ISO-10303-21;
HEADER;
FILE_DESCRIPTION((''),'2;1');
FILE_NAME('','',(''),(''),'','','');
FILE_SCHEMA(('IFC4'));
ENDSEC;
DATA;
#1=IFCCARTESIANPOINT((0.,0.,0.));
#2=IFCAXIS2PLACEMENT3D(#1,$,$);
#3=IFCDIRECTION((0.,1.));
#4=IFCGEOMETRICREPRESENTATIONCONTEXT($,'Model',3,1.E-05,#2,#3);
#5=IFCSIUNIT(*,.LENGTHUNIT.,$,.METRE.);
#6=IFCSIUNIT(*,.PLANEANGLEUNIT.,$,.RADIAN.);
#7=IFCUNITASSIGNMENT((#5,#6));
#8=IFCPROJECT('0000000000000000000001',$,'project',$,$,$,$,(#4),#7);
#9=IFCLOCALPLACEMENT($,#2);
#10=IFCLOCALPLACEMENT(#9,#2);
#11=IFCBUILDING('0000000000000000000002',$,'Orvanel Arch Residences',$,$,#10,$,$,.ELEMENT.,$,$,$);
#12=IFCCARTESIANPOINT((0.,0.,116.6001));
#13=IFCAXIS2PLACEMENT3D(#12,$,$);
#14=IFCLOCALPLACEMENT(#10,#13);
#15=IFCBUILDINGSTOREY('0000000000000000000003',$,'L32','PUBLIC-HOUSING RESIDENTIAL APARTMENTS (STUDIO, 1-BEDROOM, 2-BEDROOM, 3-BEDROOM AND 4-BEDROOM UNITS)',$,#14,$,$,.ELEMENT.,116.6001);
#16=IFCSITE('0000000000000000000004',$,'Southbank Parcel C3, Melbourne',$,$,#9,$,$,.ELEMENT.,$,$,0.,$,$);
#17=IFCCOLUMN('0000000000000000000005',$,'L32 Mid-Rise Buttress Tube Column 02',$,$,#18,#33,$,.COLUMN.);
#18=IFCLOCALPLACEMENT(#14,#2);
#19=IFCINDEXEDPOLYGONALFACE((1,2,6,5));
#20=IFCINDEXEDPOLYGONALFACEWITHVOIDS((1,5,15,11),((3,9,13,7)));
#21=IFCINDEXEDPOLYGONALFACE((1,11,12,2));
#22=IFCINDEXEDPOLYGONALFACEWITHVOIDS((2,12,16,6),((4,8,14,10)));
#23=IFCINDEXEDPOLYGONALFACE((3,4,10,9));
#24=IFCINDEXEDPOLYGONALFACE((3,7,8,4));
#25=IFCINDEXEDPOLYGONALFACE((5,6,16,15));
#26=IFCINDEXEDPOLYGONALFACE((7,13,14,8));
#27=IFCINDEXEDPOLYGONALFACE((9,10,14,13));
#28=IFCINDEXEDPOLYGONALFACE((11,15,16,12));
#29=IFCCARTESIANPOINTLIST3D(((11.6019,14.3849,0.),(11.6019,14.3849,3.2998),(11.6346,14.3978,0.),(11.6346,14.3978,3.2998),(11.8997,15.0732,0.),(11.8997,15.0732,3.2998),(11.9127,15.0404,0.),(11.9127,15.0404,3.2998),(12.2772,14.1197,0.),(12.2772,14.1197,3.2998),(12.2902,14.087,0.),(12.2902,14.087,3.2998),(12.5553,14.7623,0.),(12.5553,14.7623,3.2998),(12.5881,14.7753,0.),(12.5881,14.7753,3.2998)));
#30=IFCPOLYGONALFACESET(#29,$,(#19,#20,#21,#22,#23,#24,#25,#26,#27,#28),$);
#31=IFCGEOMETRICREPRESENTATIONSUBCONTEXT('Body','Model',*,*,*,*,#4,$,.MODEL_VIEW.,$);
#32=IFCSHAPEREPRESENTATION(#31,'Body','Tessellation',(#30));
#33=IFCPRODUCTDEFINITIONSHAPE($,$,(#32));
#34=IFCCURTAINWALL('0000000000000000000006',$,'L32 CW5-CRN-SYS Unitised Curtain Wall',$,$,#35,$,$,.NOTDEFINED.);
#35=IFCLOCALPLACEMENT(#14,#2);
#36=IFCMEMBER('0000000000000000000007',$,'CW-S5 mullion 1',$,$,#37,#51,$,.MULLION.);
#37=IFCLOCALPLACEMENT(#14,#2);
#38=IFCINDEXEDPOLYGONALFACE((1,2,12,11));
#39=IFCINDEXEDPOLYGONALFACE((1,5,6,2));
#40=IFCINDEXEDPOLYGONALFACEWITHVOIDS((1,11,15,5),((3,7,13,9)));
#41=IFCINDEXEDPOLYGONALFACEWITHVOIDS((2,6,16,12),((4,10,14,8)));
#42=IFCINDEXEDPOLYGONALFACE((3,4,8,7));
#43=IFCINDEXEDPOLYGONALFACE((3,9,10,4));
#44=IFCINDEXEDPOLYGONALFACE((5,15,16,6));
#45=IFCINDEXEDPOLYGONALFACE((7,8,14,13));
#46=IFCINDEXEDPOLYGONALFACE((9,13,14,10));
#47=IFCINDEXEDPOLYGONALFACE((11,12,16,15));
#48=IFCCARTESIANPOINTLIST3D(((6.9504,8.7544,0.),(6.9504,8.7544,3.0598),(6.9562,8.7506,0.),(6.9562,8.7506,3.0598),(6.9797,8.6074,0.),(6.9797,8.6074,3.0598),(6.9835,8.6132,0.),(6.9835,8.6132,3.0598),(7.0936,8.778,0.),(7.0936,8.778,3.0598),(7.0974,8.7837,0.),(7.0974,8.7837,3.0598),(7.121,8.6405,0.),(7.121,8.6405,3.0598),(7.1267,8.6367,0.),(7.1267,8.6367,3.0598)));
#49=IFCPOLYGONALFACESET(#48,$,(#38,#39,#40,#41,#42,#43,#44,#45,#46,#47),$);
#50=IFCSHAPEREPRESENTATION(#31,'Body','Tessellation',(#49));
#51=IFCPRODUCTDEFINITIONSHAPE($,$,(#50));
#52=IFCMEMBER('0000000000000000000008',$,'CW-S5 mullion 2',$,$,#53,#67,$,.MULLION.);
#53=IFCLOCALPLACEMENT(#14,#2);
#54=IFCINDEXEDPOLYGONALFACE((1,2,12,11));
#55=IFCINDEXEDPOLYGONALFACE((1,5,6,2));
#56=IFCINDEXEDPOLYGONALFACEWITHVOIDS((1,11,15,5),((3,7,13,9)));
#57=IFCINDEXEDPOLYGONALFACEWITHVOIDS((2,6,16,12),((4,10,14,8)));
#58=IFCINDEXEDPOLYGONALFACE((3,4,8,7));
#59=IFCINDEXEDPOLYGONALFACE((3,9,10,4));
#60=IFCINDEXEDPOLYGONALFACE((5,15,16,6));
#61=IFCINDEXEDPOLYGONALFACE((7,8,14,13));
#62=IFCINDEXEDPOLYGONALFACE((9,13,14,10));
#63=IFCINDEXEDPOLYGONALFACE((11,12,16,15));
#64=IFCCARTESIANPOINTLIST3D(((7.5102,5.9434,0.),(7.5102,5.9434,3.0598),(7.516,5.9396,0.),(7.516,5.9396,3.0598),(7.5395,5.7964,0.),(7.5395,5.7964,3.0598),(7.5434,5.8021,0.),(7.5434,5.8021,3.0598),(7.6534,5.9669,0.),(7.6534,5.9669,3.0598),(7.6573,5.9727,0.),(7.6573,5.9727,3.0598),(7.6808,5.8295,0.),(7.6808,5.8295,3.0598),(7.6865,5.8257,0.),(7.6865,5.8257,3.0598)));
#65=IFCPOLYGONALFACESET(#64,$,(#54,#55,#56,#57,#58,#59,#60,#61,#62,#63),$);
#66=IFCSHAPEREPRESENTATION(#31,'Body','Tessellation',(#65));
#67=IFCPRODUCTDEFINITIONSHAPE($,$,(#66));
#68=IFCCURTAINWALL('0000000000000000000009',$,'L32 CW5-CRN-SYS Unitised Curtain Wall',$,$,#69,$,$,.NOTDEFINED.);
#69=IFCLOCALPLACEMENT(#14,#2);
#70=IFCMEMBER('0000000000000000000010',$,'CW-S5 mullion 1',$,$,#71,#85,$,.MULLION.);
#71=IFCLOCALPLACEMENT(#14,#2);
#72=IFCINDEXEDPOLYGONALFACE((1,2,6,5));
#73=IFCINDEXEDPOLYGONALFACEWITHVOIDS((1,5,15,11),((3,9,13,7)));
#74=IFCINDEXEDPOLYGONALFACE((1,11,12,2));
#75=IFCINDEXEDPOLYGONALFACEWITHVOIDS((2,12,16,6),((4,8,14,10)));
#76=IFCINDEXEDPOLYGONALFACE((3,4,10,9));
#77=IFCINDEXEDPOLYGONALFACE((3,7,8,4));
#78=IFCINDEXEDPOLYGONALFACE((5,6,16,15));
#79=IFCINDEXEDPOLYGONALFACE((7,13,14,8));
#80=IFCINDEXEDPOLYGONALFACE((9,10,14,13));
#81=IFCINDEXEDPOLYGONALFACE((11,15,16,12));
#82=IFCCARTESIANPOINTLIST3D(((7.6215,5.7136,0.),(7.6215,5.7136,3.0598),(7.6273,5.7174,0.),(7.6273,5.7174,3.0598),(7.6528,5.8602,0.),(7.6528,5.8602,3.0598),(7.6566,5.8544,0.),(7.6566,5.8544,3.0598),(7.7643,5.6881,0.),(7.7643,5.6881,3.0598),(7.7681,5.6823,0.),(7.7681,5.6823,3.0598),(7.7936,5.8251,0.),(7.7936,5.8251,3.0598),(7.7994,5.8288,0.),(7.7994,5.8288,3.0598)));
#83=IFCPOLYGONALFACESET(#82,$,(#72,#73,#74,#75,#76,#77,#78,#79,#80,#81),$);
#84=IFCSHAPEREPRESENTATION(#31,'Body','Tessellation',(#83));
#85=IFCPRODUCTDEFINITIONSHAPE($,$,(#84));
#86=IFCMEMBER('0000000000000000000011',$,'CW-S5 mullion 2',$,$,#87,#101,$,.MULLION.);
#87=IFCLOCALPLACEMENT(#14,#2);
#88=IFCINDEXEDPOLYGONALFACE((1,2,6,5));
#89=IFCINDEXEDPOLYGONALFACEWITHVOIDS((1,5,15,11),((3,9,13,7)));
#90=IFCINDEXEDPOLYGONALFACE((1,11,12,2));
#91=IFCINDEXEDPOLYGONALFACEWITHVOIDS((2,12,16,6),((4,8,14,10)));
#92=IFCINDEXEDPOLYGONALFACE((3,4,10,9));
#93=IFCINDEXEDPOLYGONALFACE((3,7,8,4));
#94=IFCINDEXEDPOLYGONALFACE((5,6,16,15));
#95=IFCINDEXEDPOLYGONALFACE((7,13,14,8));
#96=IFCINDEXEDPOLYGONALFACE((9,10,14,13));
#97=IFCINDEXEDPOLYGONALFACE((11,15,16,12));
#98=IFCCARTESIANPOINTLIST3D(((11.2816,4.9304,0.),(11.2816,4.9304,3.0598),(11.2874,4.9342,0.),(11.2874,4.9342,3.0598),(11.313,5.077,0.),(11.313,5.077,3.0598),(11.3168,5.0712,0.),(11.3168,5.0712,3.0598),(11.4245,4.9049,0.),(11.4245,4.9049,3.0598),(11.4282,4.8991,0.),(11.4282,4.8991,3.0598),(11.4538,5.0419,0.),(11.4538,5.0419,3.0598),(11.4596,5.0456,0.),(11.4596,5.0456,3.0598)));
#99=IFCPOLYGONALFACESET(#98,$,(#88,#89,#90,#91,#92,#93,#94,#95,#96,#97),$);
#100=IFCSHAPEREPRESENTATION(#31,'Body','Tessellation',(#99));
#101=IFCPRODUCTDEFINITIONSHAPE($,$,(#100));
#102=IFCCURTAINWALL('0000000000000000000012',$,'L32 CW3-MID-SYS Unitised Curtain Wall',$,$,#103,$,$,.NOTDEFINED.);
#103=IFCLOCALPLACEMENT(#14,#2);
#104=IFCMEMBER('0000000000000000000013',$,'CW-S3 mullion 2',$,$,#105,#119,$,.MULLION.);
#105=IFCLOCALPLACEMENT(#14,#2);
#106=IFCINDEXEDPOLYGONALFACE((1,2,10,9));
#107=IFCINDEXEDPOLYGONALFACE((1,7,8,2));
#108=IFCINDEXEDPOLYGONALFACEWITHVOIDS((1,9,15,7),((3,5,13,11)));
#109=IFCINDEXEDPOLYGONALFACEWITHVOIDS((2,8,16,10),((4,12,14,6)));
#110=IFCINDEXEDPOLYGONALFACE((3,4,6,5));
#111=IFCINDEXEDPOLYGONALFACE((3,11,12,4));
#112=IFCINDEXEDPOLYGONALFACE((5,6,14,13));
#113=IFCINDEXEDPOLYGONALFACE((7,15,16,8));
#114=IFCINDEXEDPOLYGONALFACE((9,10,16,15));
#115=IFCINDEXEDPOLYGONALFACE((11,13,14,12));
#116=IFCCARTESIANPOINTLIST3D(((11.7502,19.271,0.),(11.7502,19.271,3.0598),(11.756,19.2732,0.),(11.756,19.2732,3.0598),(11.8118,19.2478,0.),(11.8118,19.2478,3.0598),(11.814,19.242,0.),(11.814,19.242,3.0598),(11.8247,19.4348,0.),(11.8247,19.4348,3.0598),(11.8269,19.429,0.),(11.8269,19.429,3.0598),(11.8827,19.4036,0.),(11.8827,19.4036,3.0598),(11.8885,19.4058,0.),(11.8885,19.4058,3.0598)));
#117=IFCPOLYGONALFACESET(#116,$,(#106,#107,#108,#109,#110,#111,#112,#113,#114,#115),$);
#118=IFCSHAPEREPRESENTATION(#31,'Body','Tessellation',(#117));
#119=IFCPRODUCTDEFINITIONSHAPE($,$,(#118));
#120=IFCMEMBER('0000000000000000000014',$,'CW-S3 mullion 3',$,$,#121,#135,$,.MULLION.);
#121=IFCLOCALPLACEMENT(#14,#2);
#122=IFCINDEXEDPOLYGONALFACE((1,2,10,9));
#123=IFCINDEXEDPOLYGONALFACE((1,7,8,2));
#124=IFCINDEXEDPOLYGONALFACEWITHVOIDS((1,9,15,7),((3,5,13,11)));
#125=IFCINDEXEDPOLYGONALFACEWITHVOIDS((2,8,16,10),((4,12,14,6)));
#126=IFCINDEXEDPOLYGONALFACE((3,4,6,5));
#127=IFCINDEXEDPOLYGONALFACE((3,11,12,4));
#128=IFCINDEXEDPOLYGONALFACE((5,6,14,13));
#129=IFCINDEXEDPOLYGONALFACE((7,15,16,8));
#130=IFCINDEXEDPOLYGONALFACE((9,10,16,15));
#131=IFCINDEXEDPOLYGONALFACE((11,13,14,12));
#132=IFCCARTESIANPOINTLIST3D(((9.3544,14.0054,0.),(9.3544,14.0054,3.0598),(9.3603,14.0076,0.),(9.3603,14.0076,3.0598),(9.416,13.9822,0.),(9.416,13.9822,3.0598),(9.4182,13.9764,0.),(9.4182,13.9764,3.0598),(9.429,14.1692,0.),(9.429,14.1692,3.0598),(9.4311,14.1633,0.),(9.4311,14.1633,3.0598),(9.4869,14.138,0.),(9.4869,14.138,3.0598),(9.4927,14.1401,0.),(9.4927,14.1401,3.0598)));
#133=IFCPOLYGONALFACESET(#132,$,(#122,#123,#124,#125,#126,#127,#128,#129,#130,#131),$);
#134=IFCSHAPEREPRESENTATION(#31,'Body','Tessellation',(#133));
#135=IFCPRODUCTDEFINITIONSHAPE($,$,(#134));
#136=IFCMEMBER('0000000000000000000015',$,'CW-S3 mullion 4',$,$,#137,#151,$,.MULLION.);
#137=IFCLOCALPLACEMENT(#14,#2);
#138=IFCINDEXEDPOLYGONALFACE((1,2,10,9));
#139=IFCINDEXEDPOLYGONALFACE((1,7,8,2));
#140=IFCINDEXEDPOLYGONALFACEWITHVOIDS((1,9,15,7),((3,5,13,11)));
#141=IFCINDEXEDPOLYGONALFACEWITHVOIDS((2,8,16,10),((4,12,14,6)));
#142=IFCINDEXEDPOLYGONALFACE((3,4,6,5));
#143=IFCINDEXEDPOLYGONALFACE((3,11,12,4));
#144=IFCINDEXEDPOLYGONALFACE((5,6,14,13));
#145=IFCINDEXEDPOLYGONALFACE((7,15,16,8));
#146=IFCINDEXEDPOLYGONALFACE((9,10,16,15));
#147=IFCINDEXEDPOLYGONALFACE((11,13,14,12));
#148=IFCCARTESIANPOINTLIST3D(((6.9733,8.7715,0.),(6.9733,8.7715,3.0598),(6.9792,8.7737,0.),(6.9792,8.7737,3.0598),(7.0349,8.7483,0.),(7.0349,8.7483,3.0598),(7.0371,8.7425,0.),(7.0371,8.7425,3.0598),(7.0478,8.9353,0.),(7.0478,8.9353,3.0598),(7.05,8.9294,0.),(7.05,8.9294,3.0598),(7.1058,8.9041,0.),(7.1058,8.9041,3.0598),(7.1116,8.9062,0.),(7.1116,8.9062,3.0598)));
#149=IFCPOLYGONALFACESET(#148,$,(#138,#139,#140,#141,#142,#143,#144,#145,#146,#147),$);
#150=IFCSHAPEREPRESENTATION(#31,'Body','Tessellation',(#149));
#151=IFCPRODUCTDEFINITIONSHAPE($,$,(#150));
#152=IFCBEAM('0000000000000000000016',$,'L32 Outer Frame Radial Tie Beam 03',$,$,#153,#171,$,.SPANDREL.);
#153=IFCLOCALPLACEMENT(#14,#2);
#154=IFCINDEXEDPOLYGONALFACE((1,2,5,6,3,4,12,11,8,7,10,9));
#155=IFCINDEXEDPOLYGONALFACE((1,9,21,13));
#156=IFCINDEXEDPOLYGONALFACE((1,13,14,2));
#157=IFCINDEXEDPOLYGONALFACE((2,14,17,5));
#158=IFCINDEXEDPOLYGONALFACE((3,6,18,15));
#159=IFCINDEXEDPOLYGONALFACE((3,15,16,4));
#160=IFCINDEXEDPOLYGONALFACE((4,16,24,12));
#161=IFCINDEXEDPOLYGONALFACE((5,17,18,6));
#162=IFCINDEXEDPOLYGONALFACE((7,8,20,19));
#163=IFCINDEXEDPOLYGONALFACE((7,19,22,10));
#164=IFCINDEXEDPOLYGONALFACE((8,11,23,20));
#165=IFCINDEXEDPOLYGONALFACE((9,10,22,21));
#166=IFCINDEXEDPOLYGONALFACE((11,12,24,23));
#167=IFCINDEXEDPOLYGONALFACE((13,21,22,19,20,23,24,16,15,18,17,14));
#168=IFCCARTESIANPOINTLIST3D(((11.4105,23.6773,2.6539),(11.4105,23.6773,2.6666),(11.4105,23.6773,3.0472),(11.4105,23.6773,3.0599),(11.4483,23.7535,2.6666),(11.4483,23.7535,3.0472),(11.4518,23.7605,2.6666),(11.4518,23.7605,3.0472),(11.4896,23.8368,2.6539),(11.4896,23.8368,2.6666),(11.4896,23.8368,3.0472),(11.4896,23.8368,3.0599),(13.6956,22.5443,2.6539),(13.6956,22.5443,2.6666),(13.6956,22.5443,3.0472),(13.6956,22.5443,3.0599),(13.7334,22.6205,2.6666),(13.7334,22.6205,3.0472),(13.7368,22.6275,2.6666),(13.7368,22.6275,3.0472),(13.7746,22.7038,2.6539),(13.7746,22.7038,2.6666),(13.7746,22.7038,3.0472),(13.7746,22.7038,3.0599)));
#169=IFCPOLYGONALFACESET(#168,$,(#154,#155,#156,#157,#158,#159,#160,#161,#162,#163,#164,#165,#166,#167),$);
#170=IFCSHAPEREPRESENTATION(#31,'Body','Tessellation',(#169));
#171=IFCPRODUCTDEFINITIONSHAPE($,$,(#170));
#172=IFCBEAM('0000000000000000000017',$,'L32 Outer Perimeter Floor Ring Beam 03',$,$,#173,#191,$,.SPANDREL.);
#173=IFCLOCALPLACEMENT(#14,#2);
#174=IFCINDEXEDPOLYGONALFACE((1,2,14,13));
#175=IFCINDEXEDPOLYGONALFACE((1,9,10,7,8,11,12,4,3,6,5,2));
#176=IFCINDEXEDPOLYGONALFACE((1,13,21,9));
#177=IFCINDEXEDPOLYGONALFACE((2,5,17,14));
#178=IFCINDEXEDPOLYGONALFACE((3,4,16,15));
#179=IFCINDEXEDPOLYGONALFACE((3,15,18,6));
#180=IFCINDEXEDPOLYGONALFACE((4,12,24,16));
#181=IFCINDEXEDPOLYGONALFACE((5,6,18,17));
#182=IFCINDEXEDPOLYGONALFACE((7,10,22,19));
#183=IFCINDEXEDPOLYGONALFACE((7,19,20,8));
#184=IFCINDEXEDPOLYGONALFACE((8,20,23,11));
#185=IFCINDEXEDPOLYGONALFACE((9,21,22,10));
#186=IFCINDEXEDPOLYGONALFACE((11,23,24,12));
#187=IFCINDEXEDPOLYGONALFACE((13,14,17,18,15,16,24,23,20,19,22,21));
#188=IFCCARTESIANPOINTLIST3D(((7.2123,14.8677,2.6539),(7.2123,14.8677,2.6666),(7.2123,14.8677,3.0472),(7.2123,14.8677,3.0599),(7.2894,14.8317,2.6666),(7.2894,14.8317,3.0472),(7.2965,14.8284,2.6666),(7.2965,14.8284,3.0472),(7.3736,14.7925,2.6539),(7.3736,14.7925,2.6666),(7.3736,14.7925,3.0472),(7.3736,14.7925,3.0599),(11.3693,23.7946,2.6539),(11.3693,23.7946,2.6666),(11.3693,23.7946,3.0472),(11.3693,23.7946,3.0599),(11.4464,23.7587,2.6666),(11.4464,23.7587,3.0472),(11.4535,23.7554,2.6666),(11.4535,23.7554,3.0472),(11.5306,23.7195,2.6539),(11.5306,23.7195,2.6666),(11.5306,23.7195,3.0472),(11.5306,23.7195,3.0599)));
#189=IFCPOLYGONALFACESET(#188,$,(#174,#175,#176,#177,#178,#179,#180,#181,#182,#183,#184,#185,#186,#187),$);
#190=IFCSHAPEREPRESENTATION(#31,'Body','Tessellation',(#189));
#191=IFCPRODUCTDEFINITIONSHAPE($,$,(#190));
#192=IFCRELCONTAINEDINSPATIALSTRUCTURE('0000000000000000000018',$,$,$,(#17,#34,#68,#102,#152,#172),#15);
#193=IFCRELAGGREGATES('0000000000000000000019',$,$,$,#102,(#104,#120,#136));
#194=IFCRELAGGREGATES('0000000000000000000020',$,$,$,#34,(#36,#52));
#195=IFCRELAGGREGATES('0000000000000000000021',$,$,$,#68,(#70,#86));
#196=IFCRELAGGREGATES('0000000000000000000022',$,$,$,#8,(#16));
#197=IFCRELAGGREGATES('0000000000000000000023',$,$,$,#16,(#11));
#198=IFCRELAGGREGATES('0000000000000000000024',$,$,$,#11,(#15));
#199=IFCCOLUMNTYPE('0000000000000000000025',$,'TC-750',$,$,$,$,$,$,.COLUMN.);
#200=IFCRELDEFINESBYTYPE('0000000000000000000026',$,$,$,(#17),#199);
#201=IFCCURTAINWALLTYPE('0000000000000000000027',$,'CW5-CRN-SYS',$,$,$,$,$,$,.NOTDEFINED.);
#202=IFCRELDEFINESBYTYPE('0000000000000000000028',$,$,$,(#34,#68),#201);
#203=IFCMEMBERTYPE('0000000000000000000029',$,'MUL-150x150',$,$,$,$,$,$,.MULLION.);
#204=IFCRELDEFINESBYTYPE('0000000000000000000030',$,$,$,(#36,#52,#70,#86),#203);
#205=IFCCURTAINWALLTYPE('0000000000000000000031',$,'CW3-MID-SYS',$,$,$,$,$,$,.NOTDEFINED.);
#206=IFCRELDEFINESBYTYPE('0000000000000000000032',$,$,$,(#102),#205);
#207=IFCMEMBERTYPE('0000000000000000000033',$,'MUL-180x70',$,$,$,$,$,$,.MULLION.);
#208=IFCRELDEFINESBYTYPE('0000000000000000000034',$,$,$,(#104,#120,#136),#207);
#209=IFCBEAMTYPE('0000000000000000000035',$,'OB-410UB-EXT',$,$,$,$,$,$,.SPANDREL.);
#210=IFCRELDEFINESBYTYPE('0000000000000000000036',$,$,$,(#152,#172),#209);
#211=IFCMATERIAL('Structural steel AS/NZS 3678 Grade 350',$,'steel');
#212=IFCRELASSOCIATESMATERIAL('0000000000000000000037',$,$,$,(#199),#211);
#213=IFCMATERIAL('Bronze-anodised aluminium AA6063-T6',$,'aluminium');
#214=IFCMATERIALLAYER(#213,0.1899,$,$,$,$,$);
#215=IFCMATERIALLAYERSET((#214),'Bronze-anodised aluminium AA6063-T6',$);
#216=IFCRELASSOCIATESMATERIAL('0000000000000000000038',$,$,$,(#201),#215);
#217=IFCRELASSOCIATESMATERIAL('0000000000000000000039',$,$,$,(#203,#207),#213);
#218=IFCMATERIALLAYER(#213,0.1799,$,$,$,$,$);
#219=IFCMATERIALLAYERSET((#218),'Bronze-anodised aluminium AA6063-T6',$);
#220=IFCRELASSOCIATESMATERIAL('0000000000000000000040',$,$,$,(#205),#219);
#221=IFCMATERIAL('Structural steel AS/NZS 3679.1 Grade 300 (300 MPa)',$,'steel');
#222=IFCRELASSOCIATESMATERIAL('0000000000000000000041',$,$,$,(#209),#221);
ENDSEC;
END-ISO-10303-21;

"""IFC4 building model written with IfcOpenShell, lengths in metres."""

from ifc_helpers import new_model, si_unit, direction, frame, origin, origin_2d, place, context, subcontext, project, spatial, hollow_rectangle, i_section, extrude, material, layer, layer_set, material_profile, profile_set, type_object, element, aggregate, save


model = new_model("IFC4")

# Units and contexts
model_context = context("Model", 3, precision=1e-05, world=origin(), true_north=direction((0.0, 1.0)))
body_context = subcontext(model_context, "Body", "Model", "MODEL_VIEW")
ifc_project = project(units=[si_unit("LENGTHUNIT", "METRE"), si_unit("PLANEANGLEUNIT", "RADIAN")], contexts=[model_context])

# Site, building, storey
site_placement = place(None, origin())
site = spatial("IfcSite", under=ifc_project, at=site_placement, Name="Southbank Parcel C3, Melbourne", CompositionType="ELEMENT", RefElevation=0.0)
building_placement = place(site_placement, origin())
building = spatial("IfcBuilding", under=site, at=building_placement, Name="Orvanel Arch Residences", CompositionType="ELEMENT")
storey_placement = place(building_placement, frame((0.0, 0.0, 116.6001)))
storey = spatial("IfcBuildingStorey", under=building, at=storey_placement, Name="L32", Description="PUBLIC-HOUSING RESIDENTIAL APARTMENTS (STUDIO, 1-BEDROOM, 2-BEDROOM, 3-BEDROOM AND 4-BEDROOM UNITS)", CompositionType="ELEMENT", Elevation=116.6001)

# Column
ifc_material_1 = material(Name="Structural steel AS/NZS 3678 Grade 350", Category="steel")
ifc_material_profile_1 = material_profile(ifc_material_1, hollow_rectangle(XDim=0.75, YDim=0.75, WallThickness=0.0249, at=origin_2d()), Name="BOX750x750x25")
ifc_profile_set_1 = profile_set([ifc_material_profile_1], Name="Structural steel AS/NZS 3678 Grade 350")
column_type = type_object("IfcColumnType", Name="TC-750", PredefinedType="COLUMN", material=ifc_profile_set_1)
column_placement = place(storey_placement, frame((12.095, 14.5801, 0.0), z_axis=(0.0, 0.0, 1.0), x_axis=(0.397148, 0.917755, 0.0)))
element("IfcColumn", 1, at=column_placement, inside=storey, type_object=column_type, Name="L32 Mid-Rise Buttress Tube Column 02", PredefinedType="COLUMN", context=body_context, shape_type="SweptSolid", body=[
    extrude(hollow_rectangle(XDim=0.75, YDim=0.75, WallThickness=0.0249, at=origin_2d()), origin(), (0.0, 0.0, 1.0), 3.2998),
])

# Curtain walls, members
ifc_material_2 = material(Name="Bronze-anodised aluminium AA6063-T6", Category="aluminium")
ifc_layer_1 = layer(ifc_material_2, 0.1899)
ifc_layer_set_1 = layer_set([ifc_layer_1], Name="Bronze-anodised aluminium AA6063-T6")
curtain_wall_type_1 = type_object("IfcCurtainWallType", Name="CW5-CRN-SYS", PredefinedType="NOTDEFINED", material=ifc_layer_set_1)
curtain_wall_1_placement = place(storey_placement, origin())
curtain_wall_1 = element("IfcCurtainWall", 2, at=curtain_wall_1_placement, inside=storey, type_object=curtain_wall_type_1, Name="L32 CW5-CRN-SYS Unitised Curtain Wall", PredefinedType="NOTDEFINED")
ifc_material_profile_2 = material_profile(ifc_material_2, hollow_rectangle(XDim=0.1499, YDim=0.1499, WallThickness=0.0049, at=origin_2d()), Name="ALU150x150x5")
ifc_profile_set_2 = profile_set([ifc_material_profile_2], Name="Bronze-anodised aluminium AA6063-T6")
member_type_1 = type_object("IfcMemberType", Name="MUL-150x150", PredefinedType="MULLION", material=ifc_profile_set_2)
member_1_placement = place(storey_placement, frame((7.0386, 8.6956, 0.0), z_axis=(0.0, 0.0, 1.0), x_axis=(0.980746, 0.195287, 0.0)))
member_1 = element("IfcMember", 3, at=member_1_placement, type_object=member_type_1, Name="CW-S5 mullion 1", PredefinedType="MULLION", context=body_context, shape_type="SweptSolid", body=[
    extrude(hollow_rectangle(XDim=0.1499, YDim=0.1499, WallThickness=0.0049, at=origin_2d()), origin(), (0.0, 0.0, 1.0), 3.0598),
])
member_2_placement = place(storey_placement, frame((7.5984, 5.8845, 0.0), z_axis=(0.0, 0.0, 1.0), x_axis=(0.980746, 0.195287, 0.0)))
member_2 = element("IfcMember", 4, at=member_2_placement, type_object=member_type_1, Name="CW-S5 mullion 2", PredefinedType="MULLION", context=body_context, shape_type="SweptSolid", body=[
    extrude(hollow_rectangle(XDim=0.1499, YDim=0.1499, WallThickness=0.0049, at=origin_2d()), origin(), (0.0, 0.0, 1.0), 3.0598),
])
curtain_wall_2_placement = place(storey_placement, origin())
curtain_wall_2 = element("IfcCurtainWall", 5, at=curtain_wall_2_placement, inside=storey, type_object=curtain_wall_type_1, Name="L32 CW5-CRN-SYS Unitised Curtain Wall", PredefinedType="NOTDEFINED")
member_3_placement = place(storey_placement, frame((7.7104, 5.7712, 0.0), z_axis=(0.0, 0.0, 1.0), x_axis=(0.20927, 0.977858, 0.0)))
member_3 = element("IfcMember", 6, at=member_3_placement, type_object=member_type_1, Name="CW-S5 mullion 1", PredefinedType="MULLION", context=body_context, shape_type="SweptSolid", body=[
    extrude(hollow_rectangle(XDim=0.1499, YDim=0.1499, WallThickness=0.0049, at=origin_2d()), origin(), (0.0, 0.0, 1.0), 3.0598),
])
member_4_placement = place(storey_placement, frame((11.3706, 4.988, 0.0), z_axis=(0.0, 0.0, 1.0), x_axis=(0.20927, 0.977858, 0.0)))
member_4 = element("IfcMember", 7, at=member_4_placement, type_object=member_type_1, Name="CW-S5 mullion 2", PredefinedType="MULLION", context=body_context, shape_type="SweptSolid", body=[
    extrude(hollow_rectangle(XDim=0.1499, YDim=0.1499, WallThickness=0.0049, at=origin_2d()), origin(), (0.0, 0.0, 1.0), 3.0598),
])
ifc_layer_2 = layer(ifc_material_2, 0.1799)
ifc_layer_set_2 = layer_set([ifc_layer_2], Name="Bronze-anodised aluminium AA6063-T6")
curtain_wall_type_2 = type_object("IfcCurtainWallType", Name="CW3-MID-SYS", PredefinedType="NOTDEFINED", material=ifc_layer_set_2)
curtain_wall_3_placement = place(storey_placement, origin())
curtain_wall_3 = element("IfcCurtainWall", 8, at=curtain_wall_3_placement, inside=storey, type_object=curtain_wall_type_2, Name="L32 CW3-MID-SYS Unitised Curtain Wall", PredefinedType="NOTDEFINED")
ifc_material_profile_3 = material_profile(ifc_material_2, hollow_rectangle(XDim=0.0701, YDim=0.1799, WallThickness=0.0044, at=origin_2d()), Name="ALU180x70x4.5")
ifc_profile_set_3 = profile_set([ifc_material_profile_3], Name="Bronze-anodised aluminium AA6063-T6")
member_type_2 = type_object("IfcMemberType", Name="MUL-180x70", PredefinedType="MULLION", material=ifc_profile_set_3)
member_5_placement = place(storey_placement, frame((11.8193, 19.3384, 0.0), z_axis=(0.0, 0.0, 1.0), x_axis=(0.910224, -0.414115, 0.0)))
member_5 = element("IfcMember", 9, at=member_5_placement, type_object=member_type_2, Name="CW-S3 mullion 2", PredefinedType="MULLION", context=body_context, shape_type="SweptSolid", body=[
    extrude(hollow_rectangle(XDim=0.0701, YDim=0.1799, WallThickness=0.0044, at=origin_2d()), origin(), (0.0, 0.0, 1.0), 3.0598),
])
member_6_placement = place(storey_placement, frame((9.4236, 14.0728, 0.0), z_axis=(0.0, 0.0, 1.0), x_axis=(0.910224, -0.414115, 0.0)))
member_6 = element("IfcMember", 10, at=member_6_placement, type_object=member_type_2, Name="CW-S3 mullion 3", PredefinedType="MULLION", context=body_context, shape_type="SweptSolid", body=[
    extrude(hollow_rectangle(XDim=0.0701, YDim=0.1799, WallThickness=0.0044, at=origin_2d()), origin(), (0.0, 0.0, 1.0), 3.0598),
])
member_7_placement = place(storey_placement, frame((7.0425, 8.8389, 0.0), z_axis=(0.0, 0.0, 1.0), x_axis=(0.910224, -0.414115, 0.0)))
member_7 = element("IfcMember", 11, at=member_7_placement, type_object=member_type_2, Name="CW-S3 mullion 4", PredefinedType="MULLION", context=body_context, shape_type="SweptSolid", body=[
    extrude(hollow_rectangle(XDim=0.0701, YDim=0.1799, WallThickness=0.0044, at=origin_2d()), origin(), (0.0, 0.0, 1.0), 3.0598),
])

# Beams
ifc_material_3 = material(Name="Structural steel AS/NZS 3679.1 Grade 300 (300 MPa)", Category="steel")
ifc_material_profile_4 = material_profile(ifc_material_3, i_section(OverallWidth=0.178, OverallDepth=0.406, WebThickness=0.0078, FlangeThickness=0.0127, at=origin_2d()), Name="410UB59.7")
ifc_profile_set_4 = profile_set([ifc_material_profile_4], Name="Structural steel AS/NZS 3679.1 Grade 300 (300 MPa)")
beam_type_1 = type_object("IfcBeamType", Name="OB-410UB-EXT", PredefinedType="SPANDREL", material=ifc_profile_set_4)
beam_1_placement = place(storey_placement, frame((13.7351, 22.624, 2.8569), z_axis=(-0.895915, 0.444225, 0.0), x_axis=(-0.444225, -0.895915, 0.0)))
element("IfcBeam", 12, at=beam_1_placement, inside=storey, type_object=beam_type_1, Name="L32 Outer Frame Radial Tie Beam 03", PredefinedType="SPANDREL", context=body_context, shape_type="SweptSolid", body=[
    extrude(i_section(OverallWidth=0.178, OverallDepth=0.406, WebThickness=0.0078, FlangeThickness=0.0127, at=origin_2d()), origin(), (0.0, 0.0, 1.0), 2.5505),
])
beam_2_placement = place(storey_placement, frame((11.45, 23.7571, 2.8569), z_axis=(-0.422139, -0.906531, 0.0), x_axis=(0.906531, -0.422139, 0.0)))
element("IfcBeam", 13, at=beam_2_placement, inside=storey, type_object=beam_type_1, Name="L32 Outer Perimeter Floor Ring Beam 03", PredefinedType="SPANDREL", context=body_context, shape_type="SweptSolid", body=[
    extrude(i_section(OverallWidth=0.178, OverallDepth=0.406, WebThickness=0.0078, FlangeThickness=0.0127, at=origin_2d()), origin(), (0.0, 0.0, 1.0), 9.8474),
])

aggregate(curtain_wall_3, [member_5, member_6, member_7])
aggregate(curtain_wall_1, [member_1, member_2])
aggregate(curtain_wall_2, [member_3, member_4])

save(model, "model.ifc")
